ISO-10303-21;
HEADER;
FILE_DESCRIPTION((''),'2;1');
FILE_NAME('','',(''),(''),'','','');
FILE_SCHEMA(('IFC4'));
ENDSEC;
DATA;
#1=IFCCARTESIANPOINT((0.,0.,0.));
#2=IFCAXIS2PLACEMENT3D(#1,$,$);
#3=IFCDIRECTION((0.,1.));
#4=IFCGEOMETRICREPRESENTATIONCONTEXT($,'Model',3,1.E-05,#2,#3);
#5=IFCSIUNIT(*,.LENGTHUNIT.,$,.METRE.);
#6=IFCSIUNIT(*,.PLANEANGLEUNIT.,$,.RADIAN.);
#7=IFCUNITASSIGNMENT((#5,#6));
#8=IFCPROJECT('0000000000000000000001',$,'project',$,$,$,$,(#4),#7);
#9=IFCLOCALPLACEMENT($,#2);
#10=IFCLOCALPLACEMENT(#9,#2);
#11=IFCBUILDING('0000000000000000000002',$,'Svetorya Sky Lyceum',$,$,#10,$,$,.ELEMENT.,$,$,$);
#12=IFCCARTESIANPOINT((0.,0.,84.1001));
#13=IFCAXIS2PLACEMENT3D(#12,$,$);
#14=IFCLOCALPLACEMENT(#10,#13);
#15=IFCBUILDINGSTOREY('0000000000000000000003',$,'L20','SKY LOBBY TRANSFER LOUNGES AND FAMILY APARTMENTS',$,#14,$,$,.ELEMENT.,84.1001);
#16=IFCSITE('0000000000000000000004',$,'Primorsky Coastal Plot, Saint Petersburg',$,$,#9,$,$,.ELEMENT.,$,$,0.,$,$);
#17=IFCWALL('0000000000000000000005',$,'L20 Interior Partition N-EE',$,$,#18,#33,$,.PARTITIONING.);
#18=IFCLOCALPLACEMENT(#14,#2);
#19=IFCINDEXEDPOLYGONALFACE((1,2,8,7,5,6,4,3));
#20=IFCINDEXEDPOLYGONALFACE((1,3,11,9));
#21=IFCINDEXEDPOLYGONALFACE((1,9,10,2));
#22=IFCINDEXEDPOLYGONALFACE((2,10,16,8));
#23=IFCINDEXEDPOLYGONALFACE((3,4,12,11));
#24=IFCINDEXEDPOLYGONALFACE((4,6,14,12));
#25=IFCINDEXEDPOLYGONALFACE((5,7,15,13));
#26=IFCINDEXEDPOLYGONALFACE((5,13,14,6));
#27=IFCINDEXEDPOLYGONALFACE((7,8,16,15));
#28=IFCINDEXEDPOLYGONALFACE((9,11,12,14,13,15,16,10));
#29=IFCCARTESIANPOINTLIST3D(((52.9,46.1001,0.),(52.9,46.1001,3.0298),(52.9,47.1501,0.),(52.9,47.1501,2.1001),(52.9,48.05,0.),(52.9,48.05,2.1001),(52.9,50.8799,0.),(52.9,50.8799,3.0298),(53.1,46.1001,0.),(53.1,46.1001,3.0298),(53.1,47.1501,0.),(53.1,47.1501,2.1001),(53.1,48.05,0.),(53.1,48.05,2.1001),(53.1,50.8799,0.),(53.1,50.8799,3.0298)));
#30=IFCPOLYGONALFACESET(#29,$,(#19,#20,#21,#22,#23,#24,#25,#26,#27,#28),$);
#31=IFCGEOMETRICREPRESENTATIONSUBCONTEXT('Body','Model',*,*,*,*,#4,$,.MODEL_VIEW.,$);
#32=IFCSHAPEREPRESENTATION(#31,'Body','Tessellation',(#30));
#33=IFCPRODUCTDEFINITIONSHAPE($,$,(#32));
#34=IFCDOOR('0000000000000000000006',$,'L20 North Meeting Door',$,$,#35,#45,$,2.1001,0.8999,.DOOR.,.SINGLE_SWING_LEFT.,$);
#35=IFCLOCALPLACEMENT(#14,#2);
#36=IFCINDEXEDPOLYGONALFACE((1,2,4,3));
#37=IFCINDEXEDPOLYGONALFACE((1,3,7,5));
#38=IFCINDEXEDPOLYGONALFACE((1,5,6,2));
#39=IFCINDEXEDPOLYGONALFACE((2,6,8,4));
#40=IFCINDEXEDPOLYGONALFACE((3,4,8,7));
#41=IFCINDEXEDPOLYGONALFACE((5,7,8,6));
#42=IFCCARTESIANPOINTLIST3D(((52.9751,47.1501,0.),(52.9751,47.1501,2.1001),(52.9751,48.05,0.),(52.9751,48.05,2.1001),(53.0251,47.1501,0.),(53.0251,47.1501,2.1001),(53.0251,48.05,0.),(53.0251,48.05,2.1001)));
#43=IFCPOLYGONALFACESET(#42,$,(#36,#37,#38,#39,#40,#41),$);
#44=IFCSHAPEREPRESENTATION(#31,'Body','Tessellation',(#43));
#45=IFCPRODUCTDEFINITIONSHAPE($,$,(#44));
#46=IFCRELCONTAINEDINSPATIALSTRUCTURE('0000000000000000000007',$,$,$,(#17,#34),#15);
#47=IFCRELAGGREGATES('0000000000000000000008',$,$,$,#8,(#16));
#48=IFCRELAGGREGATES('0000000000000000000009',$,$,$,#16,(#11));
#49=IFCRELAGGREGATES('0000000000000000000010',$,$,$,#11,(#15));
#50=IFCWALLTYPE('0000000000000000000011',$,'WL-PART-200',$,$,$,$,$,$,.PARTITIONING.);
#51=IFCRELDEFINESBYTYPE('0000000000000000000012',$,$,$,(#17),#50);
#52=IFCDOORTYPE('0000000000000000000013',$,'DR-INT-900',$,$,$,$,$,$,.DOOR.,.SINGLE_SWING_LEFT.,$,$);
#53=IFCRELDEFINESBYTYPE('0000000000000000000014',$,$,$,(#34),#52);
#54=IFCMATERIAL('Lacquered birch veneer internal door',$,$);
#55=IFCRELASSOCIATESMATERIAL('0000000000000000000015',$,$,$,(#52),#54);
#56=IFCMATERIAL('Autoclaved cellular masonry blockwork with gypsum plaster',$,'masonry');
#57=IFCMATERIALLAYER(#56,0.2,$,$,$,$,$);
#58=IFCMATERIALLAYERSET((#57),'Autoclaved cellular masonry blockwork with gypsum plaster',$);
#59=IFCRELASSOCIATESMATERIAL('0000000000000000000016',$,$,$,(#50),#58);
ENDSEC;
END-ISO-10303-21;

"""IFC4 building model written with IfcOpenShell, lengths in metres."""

from ifc_helpers import new_model, si_unit, direction, frame, frame_2d, origin, place, context, subcontext, project, spatial, rectangle, extrude, material, layer, layer_set, type_object, element, fill, save


model = new_model("IFC4")

# Units and contexts
model_context = context("Model", 3, precision=1e-05, world=origin(), true_north=direction((0.0, 1.0)))
body_context = subcontext(model_context, "Body", "Model", "MODEL_VIEW")
ifc_project = project(units=[si_unit("LENGTHUNIT", "METRE"), si_unit("PLANEANGLEUNIT", "RADIAN")], contexts=[model_context])

# Site, building, storey
site_placement = place(None, origin())
site = spatial("IfcSite", under=ifc_project, at=site_placement, Name="Primorsky Coastal Plot, Saint Petersburg", CompositionType="ELEMENT", RefElevation=0.0)
building_placement = place(site_placement, origin())
building = spatial("IfcBuilding", under=site, at=building_placement, Name="Svetorya Sky Lyceum", CompositionType="ELEMENT")
storey_placement = place(building_placement, frame((0.0, 0.0, 84.1001)))
storey = spatial("IfcBuildingStorey", under=building, at=storey_placement, Name="L20", Description="SKY LOBBY TRANSFER LOUNGES AND FAMILY APARTMENTS", CompositionType="ELEMENT", Elevation=84.1001)

# Shared definitions
ifc_material_1 = material(Name="Lacquered birch veneer internal door")
door_type_1 = type_object("IfcDoorType", Name="DR-INT-900", OperationType="SINGLE_SWING_LEFT", PredefinedType="DOOR", material=ifc_material_1)
ifc_material_2 = material(Name="Autoclaved cellular masonry blockwork with gypsum plaster", Category="masonry")
ifc_layer_1 = layer(ifc_material_2, 0.2)
ifc_layer_set_1 = layer_set([ifc_layer_1], Name="Autoclaved cellular masonry blockwork with gypsum plaster")
wall_type_1 = type_object("IfcWallType", Name="WL-PART-200", PredefinedType="PARTITIONING", material=ifc_layer_set_1)

# Wall, opening, door
wall_1_placement = place(storey_placement, frame((53.0, 46.1001, 0.0), z_axis=(0.0, 0.0, 1.0), x_axis=(0.0, 1.0, 0.0)))
wall_1 = element("IfcWall", 1, at=wall_1_placement, inside=storey, type_object=wall_type_1, Name="L20 Interior Partition N-EE", PredefinedType="PARTITIONING", context=body_context, shape_type="SweptSolid", body=[
    extrude(rectangle(XDim=4.7798, YDim=0.2, at=frame_2d((2.3899, 0.0))), origin(), (0.0, 0.0, 1.0), 3.0298),
])
opening_1_placement = place(wall_1_placement, frame((1.05, 0.0, 0.0)))
opening_1 = element("IfcOpeningElement", 2, at=opening_1_placement, cuts=wall_1, PredefinedType="OPENING", context=body_context, shape_type="SweptSolid", body=[
    extrude(rectangle(XDim=0.8999, YDim=2.1001, at=frame_2d((0.45, 1.05))), frame((0.0, 0.1099, 0.0), z_axis=(0.0, -1.0, 0.0), x_axis=(1.0, 0.0, 0.0)), (0.0, 0.0, 1.0), 0.22),
])
door_1_placement = place(opening_1_placement, origin())
door_1 = element("IfcDoor", 3, at=door_1_placement, inside=storey, type_object=door_type_1, Name="L20 North Meeting Door", OperationType="SINGLE_SWING_LEFT", OverallHeight=2.1001, OverallWidth=0.8999, PredefinedType="DOOR", context=body_context, shape_type="SweptSolid", body=[
    extrude(rectangle(XDim=0.8999, YDim=2.1001, at=frame_2d((0.45, 1.05))), frame((0.0, 0.0249, 0.0), z_axis=(0.0, -1.0, 0.0), x_axis=(1.0, 0.0, 0.0)), (0.0, 0.0, 1.0), 0.05),
])
fill(opening_1, door_1)

save(model, "model.ifc")
